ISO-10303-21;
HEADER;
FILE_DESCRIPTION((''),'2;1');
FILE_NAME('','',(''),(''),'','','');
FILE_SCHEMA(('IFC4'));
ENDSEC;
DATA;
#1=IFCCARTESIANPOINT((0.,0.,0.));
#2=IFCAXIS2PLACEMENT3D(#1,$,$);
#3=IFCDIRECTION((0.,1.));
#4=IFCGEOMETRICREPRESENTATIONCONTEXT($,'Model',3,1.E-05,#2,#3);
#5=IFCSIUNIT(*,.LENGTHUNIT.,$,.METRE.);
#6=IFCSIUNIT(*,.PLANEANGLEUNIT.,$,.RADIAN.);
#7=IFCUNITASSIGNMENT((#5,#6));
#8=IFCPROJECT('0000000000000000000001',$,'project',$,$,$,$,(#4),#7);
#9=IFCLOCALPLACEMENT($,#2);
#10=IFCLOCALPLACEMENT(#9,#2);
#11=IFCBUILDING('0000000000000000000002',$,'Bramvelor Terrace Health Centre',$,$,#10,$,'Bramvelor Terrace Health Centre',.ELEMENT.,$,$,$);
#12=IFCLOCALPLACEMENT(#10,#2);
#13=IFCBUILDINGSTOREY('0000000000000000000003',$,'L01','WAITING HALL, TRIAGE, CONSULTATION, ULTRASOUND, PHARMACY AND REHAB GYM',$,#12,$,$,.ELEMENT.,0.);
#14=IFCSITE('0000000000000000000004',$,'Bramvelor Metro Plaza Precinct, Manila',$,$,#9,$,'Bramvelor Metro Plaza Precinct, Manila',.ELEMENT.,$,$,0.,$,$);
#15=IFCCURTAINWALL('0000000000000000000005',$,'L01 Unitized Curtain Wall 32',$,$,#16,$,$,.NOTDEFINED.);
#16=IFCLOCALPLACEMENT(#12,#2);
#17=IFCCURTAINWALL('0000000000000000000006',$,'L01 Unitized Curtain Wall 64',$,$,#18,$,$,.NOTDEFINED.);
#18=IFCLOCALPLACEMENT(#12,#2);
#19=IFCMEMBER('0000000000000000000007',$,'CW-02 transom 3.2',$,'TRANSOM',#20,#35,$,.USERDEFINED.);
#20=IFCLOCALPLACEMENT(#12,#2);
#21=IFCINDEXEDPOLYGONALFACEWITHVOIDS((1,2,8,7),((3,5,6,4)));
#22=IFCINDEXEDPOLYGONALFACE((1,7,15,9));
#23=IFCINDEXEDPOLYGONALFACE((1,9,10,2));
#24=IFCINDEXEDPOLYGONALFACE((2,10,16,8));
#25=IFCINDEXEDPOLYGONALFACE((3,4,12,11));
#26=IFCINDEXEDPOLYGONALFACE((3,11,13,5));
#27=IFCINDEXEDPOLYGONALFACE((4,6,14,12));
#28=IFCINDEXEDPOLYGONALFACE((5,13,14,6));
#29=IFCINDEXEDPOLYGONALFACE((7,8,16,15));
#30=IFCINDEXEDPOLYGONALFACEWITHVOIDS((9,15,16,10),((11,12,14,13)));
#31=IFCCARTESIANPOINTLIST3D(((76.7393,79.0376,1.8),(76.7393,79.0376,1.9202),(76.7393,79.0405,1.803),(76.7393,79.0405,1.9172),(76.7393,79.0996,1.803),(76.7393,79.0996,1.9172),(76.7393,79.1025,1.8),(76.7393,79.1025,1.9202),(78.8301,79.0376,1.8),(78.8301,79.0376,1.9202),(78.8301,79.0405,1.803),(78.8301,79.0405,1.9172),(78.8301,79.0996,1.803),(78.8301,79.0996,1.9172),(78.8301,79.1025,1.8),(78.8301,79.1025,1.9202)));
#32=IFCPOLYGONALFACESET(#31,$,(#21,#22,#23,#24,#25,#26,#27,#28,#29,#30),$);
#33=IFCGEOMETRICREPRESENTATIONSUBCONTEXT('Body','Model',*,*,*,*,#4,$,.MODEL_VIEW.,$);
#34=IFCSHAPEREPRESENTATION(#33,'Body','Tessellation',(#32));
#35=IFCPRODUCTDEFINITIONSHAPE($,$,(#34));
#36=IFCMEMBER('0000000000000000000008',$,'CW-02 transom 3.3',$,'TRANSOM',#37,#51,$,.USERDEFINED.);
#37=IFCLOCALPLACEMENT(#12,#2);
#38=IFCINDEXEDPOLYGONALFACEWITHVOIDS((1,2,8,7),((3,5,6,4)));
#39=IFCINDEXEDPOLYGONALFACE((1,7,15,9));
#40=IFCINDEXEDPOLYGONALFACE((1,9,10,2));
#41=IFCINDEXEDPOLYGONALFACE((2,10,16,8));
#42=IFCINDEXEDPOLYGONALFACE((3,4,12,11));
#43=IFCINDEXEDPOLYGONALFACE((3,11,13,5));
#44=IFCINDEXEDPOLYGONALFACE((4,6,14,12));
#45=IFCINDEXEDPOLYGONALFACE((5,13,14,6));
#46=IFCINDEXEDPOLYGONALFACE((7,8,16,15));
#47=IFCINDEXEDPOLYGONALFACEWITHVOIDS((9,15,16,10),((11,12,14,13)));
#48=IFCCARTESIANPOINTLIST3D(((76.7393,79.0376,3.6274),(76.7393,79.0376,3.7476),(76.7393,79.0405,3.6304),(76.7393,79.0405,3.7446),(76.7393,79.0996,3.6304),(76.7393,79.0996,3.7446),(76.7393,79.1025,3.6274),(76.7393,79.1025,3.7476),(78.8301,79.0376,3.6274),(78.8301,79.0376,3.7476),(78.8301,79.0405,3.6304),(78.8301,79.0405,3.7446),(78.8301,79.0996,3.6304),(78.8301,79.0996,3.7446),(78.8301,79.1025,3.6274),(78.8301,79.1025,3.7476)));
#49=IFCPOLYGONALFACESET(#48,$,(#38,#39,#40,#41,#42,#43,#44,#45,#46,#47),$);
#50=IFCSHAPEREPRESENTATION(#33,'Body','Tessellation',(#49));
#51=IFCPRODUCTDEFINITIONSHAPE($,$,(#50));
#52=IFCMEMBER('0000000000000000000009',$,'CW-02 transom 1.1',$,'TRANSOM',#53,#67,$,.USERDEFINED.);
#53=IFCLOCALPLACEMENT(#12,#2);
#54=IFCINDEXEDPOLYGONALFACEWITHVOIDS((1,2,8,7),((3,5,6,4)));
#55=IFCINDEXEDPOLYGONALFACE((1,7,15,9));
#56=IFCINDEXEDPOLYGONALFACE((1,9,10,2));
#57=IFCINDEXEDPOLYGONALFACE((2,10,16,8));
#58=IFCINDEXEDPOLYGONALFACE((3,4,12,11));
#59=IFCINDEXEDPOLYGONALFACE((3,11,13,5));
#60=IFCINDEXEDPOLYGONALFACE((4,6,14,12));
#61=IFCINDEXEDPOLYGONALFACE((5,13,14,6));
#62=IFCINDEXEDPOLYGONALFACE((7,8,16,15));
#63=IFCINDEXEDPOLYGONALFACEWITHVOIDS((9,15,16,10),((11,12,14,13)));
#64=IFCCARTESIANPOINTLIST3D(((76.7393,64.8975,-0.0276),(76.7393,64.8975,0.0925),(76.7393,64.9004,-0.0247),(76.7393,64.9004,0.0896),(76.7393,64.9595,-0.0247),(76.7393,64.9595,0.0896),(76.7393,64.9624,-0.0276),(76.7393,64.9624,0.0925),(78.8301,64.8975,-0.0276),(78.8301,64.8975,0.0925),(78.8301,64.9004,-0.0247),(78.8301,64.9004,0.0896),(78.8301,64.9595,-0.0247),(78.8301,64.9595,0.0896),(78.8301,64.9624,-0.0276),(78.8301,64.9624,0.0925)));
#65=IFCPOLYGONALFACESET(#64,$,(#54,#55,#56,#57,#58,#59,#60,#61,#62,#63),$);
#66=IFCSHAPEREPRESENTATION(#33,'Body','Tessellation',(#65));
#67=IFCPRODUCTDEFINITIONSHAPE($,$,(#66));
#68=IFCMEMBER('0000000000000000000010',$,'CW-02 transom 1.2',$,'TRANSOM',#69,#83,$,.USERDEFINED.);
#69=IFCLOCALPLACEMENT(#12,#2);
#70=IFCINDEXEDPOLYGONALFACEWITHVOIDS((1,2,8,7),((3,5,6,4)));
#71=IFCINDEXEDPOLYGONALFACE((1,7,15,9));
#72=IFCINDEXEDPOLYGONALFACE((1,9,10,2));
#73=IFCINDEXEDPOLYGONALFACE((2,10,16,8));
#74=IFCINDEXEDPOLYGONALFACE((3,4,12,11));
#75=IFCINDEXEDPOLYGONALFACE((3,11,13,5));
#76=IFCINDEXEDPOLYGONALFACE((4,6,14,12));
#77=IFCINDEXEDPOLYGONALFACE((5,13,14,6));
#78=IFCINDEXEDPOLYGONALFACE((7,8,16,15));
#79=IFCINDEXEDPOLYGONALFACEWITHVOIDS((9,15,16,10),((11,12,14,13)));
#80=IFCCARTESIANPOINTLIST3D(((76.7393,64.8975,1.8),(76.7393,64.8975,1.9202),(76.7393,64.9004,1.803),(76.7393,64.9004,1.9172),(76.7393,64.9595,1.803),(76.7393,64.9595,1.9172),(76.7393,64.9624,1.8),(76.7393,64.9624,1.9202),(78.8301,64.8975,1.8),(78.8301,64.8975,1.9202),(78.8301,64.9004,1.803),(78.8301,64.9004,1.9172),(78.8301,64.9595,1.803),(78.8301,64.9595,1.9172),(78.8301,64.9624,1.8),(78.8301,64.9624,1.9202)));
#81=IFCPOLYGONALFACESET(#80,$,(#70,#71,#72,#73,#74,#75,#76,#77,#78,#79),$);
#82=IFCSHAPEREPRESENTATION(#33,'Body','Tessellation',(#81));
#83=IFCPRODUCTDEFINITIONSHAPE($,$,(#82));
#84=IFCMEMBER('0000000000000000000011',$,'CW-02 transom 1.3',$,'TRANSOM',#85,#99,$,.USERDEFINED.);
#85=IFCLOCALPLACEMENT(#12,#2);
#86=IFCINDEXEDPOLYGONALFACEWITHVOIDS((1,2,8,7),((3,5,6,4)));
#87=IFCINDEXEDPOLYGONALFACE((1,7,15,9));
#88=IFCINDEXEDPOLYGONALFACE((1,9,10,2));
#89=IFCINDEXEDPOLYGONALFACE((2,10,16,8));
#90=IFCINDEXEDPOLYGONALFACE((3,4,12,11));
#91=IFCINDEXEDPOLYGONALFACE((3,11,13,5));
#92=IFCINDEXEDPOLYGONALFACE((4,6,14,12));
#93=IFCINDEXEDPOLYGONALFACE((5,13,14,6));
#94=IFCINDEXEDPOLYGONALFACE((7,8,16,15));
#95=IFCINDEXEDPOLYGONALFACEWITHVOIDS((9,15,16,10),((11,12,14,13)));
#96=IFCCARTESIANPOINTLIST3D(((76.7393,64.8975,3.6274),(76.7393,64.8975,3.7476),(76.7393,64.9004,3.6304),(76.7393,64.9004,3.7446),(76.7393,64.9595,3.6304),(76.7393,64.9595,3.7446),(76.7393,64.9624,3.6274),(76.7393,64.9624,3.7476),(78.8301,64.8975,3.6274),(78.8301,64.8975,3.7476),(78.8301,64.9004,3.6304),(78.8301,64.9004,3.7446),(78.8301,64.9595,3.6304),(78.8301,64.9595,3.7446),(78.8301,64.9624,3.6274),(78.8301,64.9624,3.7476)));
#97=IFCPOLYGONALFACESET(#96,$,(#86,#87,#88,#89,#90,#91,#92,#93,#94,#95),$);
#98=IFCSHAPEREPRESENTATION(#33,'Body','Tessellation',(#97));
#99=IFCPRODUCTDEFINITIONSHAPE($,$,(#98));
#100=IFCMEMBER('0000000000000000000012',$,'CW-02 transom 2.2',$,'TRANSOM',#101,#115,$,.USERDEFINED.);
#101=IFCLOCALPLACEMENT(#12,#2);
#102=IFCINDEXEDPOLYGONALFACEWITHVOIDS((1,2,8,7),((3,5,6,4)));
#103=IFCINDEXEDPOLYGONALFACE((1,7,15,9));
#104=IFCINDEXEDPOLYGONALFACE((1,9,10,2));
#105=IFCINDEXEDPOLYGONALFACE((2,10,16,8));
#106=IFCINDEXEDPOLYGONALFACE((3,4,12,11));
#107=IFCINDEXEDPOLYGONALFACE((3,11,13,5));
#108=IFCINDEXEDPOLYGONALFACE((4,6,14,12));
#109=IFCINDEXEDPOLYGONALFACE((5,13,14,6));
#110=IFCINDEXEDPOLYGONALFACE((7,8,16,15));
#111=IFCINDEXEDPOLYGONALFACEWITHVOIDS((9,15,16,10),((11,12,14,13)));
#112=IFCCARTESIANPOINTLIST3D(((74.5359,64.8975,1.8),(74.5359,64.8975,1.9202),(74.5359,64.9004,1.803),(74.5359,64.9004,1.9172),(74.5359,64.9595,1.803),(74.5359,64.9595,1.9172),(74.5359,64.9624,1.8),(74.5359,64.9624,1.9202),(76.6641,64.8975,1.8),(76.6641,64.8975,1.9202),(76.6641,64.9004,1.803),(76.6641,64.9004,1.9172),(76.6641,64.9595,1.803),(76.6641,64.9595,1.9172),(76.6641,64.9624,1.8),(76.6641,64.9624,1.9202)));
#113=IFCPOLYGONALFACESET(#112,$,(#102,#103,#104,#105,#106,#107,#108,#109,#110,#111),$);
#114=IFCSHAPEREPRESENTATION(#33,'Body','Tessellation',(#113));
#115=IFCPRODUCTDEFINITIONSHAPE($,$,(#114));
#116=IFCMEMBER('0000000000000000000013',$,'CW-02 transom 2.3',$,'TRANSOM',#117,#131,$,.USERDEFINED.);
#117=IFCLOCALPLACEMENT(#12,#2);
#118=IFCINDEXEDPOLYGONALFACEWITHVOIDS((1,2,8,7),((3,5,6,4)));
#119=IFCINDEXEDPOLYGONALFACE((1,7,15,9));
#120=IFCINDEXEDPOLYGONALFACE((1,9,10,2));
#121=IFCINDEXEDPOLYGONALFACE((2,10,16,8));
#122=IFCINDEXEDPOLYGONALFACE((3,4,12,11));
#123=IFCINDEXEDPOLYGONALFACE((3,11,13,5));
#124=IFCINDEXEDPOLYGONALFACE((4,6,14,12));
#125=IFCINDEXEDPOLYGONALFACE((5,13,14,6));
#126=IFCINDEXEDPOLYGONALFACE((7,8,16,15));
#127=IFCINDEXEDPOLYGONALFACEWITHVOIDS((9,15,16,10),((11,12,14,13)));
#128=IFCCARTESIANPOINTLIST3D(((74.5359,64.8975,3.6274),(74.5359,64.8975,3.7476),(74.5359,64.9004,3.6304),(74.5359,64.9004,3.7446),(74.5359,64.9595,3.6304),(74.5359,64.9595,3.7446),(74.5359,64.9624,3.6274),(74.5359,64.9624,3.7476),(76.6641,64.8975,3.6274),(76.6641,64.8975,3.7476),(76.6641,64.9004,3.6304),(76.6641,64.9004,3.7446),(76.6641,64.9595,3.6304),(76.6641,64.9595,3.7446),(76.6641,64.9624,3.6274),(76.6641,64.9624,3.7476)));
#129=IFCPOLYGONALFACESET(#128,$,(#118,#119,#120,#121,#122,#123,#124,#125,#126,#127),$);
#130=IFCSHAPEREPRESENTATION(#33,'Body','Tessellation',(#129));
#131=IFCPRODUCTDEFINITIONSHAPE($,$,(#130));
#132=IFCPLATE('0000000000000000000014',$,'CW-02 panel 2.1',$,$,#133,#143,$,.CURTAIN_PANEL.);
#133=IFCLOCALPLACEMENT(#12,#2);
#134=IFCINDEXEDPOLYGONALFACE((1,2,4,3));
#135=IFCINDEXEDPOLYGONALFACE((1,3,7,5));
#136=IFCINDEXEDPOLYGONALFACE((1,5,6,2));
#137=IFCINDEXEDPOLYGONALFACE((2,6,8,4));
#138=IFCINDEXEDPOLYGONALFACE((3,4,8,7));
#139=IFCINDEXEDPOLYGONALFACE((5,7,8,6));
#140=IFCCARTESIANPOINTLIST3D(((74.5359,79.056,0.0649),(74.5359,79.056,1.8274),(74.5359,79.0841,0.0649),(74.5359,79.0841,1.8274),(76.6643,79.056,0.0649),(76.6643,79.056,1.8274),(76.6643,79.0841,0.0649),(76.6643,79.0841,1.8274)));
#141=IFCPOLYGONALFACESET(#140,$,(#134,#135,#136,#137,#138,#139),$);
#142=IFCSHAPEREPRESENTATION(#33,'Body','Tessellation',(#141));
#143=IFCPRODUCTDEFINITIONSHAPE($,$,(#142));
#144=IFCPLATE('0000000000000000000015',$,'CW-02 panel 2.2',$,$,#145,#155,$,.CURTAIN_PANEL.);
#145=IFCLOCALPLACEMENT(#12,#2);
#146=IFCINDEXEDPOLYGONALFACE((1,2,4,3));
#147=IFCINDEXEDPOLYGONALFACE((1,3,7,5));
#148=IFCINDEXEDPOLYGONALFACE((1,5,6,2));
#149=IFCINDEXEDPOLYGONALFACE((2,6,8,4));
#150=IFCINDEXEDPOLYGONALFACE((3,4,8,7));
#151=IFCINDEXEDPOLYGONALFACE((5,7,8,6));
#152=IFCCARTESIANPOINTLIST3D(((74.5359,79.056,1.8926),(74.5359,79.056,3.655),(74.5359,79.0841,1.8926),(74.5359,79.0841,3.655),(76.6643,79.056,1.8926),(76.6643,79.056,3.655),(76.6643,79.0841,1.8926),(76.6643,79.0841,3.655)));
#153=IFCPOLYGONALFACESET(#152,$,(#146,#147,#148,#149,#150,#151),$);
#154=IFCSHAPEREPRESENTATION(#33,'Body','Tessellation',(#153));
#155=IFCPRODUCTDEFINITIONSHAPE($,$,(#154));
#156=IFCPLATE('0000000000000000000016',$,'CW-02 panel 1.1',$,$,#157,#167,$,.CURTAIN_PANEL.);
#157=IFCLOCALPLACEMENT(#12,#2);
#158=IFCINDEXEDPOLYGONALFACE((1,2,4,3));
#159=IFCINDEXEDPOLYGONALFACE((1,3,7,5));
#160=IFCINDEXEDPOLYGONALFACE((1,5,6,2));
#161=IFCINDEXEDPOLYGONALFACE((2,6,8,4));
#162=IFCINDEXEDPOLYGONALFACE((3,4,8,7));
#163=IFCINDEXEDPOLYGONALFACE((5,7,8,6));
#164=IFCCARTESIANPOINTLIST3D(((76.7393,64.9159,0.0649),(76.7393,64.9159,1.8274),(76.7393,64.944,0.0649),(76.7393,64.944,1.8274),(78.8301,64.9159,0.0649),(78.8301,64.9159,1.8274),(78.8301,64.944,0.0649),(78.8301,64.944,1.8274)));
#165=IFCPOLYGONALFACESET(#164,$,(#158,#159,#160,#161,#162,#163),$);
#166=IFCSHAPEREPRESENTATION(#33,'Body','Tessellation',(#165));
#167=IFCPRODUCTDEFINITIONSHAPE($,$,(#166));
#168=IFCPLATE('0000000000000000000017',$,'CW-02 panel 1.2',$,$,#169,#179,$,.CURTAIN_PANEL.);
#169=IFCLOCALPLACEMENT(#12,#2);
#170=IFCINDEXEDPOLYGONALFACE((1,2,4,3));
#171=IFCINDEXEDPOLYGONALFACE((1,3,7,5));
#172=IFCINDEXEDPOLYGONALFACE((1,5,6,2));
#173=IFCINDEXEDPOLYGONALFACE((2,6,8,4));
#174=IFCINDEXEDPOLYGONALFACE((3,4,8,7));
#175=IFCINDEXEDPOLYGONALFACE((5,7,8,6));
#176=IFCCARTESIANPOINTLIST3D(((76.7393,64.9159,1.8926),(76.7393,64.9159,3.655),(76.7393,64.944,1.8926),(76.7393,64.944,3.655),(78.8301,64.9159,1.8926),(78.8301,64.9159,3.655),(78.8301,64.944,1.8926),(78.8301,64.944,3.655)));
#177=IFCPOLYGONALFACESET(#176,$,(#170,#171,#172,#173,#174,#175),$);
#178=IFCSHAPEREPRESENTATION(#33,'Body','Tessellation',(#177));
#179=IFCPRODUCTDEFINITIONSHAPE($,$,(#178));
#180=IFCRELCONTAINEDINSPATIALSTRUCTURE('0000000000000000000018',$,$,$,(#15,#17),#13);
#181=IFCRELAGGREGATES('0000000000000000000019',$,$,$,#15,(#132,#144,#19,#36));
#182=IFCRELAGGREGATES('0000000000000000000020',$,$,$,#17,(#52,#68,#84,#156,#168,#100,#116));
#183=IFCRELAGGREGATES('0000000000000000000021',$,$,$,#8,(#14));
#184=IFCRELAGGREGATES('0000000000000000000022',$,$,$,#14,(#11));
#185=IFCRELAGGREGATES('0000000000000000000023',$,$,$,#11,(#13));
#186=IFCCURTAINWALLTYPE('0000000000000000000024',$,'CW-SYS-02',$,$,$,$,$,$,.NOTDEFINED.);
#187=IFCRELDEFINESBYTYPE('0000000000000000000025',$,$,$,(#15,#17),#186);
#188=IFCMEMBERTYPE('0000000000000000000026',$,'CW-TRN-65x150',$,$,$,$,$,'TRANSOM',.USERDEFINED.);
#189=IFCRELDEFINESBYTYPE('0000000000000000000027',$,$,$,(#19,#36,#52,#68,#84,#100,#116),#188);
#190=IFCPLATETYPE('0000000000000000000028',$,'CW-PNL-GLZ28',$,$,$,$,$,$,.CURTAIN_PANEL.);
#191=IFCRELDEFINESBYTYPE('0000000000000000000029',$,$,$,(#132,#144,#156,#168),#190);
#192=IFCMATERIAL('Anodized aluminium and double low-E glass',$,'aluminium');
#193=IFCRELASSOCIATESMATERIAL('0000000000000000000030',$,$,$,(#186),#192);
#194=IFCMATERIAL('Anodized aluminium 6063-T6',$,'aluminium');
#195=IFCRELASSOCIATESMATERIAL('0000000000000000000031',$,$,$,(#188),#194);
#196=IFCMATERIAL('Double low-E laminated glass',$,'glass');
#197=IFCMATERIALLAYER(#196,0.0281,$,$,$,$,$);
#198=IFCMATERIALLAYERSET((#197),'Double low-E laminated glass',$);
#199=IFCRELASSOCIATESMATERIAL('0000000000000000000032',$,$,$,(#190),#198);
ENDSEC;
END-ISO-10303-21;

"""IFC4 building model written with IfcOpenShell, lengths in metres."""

from ifc_helpers import new_model, si_unit, direction, frame, origin, origin_2d, place, context, subcontext, project, spatial, rectangle, hollow_rectangle, extrude, material, layer, layer_set, material_profile, profile_set, type_object, element, aggregate, save


model = new_model("IFC4")

# Units and contexts
model_context = context("Model", 3, precision=1e-05, world=origin(), true_north=direction((0.0, 1.0)))
body_context = subcontext(model_context, "Body", "Model", "MODEL_VIEW")
ifc_project = project(units=[si_unit("LENGTHUNIT", "METRE"), si_unit("PLANEANGLEUNIT", "RADIAN")], contexts=[model_context])

# Site, building, storey
site_placement = place(None, origin())
site = spatial("IfcSite", under=ifc_project, at=site_placement, Name="Bramvelor Metro Plaza Precinct, Manila", LongName="Bramvelor Metro Plaza Precinct, Manila", CompositionType="ELEMENT", RefElevation=0.0)
building_placement = place(site_placement, origin())
building = spatial("IfcBuilding", under=site, at=building_placement, Name="Bramvelor Terrace Health Centre", LongName="Bramvelor Terrace Health Centre", CompositionType="ELEMENT")
storey_placement = place(building_placement, origin())
storey = spatial("IfcBuildingStorey", under=building, at=storey_placement, Name="L01", Description="WAITING HALL, TRIAGE, CONSULTATION, ULTRASOUND, PHARMACY AND REHAB GYM", CompositionType="ELEMENT", Elevation=0.0)

# Curtain walls
ifc_material_1 = material(Name="Anodized aluminium and double low-E glass", Category="aluminium")
curtain_wall_type = type_object("IfcCurtainWallType", Name="CW-SYS-02", PredefinedType="NOTDEFINED", material=ifc_material_1)
curtain_wall_1_placement = place(storey_placement, origin())
curtain_wall_1 = element("IfcCurtainWall", 1, at=curtain_wall_1_placement, inside=storey, type_object=curtain_wall_type, Name="L01 Unitized Curtain Wall 32", PredefinedType="NOTDEFINED")
curtain_wall_2_placement = place(storey_placement, origin())
curtain_wall_2 = element("IfcCurtainWall", 2, at=curtain_wall_2_placement, inside=storey, type_object=curtain_wall_type, Name="L01 Unitized Curtain Wall 64", PredefinedType="NOTDEFINED")

# Members
ifc_material_2 = material(Name="Anodized aluminium 6063-T6", Category="aluminium")
ifc_material_profile_1 = material_profile(ifc_material_2, hollow_rectangle(XDim=0.0649, YDim=0.1201, WallThickness=0.0029, at=origin_2d()), Name="ALU-TRN 65x120x3.0")
ifc_profile_set_1 = profile_set([ifc_material_profile_1], Name="Anodized aluminium 6063-T6")
member_type_1 = type_object("IfcMemberType", Name="CW-TRN-65x150", ElementType="TRANSOM", PredefinedType="USERDEFINED", material=ifc_profile_set_1)
member_1_placement = place(storey_placement, frame((76.7393, 79.0701, 1.8601), z_axis=(1.0, 0.0, 0.0), x_axis=(0.0, 1.0, 0.0)))
member_1 = element("IfcMember", 3, at=member_1_placement, type_object=member_type_1, Name="CW-02 transom 3.2", ObjectType="TRANSOM", PredefinedType="USERDEFINED", context=body_context, shape_type="SweptSolid", body=[
    extrude(hollow_rectangle(XDim=0.0649, YDim=0.1201, WallThickness=0.0029, at=origin_2d()), origin(), (0.0, 0.0, 1.0), 2.0908),
])
member_2_placement = place(storey_placement, frame((76.7393, 79.0701, 3.6875), z_axis=(1.0, 0.0, 0.0), x_axis=(0.0, 1.0, 0.0)))
member_2 = element("IfcMember", 4, at=member_2_placement, type_object=member_type_1, Name="CW-02 transom 3.3", ObjectType="TRANSOM", PredefinedType="USERDEFINED", context=body_context, shape_type="SweptSolid", body=[
    extrude(hollow_rectangle(XDim=0.0649, YDim=0.1201, WallThickness=0.0029, at=origin_2d()), origin(), (0.0, 0.0, 1.0), 2.0908),
])
member_3_placement = place(storey_placement, frame((78.8301, 64.9299, 0.0325), z_axis=(-1.0, 0.0, 0.0), x_axis=(0.0, -1.0, 0.0)))
member_3 = element("IfcMember", 5, at=member_3_placement, type_object=member_type_1, Name="CW-02 transom 1.1", ObjectType="TRANSOM", PredefinedType="USERDEFINED", context=body_context, shape_type="SweptSolid", body=[
    extrude(hollow_rectangle(XDim=0.0649, YDim=0.1201, WallThickness=0.0029, at=origin_2d()), origin(), (0.0, 0.0, 1.0), 2.0908),
])
member_4_placement = place(storey_placement, frame((78.8301, 64.9299, 1.8601), z_axis=(-1.0, 0.0, 0.0), x_axis=(0.0, -1.0, 0.0)))
member_4 = element("IfcMember", 6, at=member_4_placement, type_object=member_type_1, Name="CW-02 transom 1.2", ObjectType="TRANSOM", PredefinedType="USERDEFINED", context=body_context, shape_type="SweptSolid", body=[
    extrude(hollow_rectangle(XDim=0.0649, YDim=0.1201, WallThickness=0.0029, at=origin_2d()), origin(), (0.0, 0.0, 1.0), 2.0908),
])
member_5_placement = place(storey_placement, frame((78.8301, 64.9299, 3.6875), z_axis=(-1.0, 0.0, 0.0), x_axis=(0.0, -1.0, 0.0)))
member_5 = element("IfcMember", 7, at=member_5_placement, type_object=member_type_1, Name="CW-02 transom 1.3", ObjectType="TRANSOM", PredefinedType="USERDEFINED", context=body_context, shape_type="SweptSolid", body=[
    extrude(hollow_rectangle(XDim=0.0649, YDim=0.1201, WallThickness=0.0029, at=origin_2d()), origin(), (0.0, 0.0, 1.0), 2.0908),
])
member_6_placement = place(storey_placement, frame((76.6641, 64.9299, 1.8601), z_axis=(-1.0, 0.0, 0.0), x_axis=(0.0, -1.0, 0.0)))
member_6 = element("IfcMember", 8, at=member_6_placement, type_object=member_type_1, Name="CW-02 transom 2.2", ObjectType="TRANSOM", PredefinedType="USERDEFINED", context=body_context, shape_type="SweptSolid", body=[
    extrude(hollow_rectangle(XDim=0.0649, YDim=0.1201, WallThickness=0.0029, at=origin_2d()), origin(), (0.0, 0.0, 1.0), 2.1282),
])
member_7_placement = place(storey_placement, frame((76.6641, 64.9299, 3.6875), z_axis=(-1.0, 0.0, 0.0), x_axis=(0.0, -1.0, 0.0)))
member_7 = element("IfcMember", 9, at=member_7_placement, type_object=member_type_1, Name="CW-02 transom 2.3", ObjectType="TRANSOM", PredefinedType="USERDEFINED", context=body_context, shape_type="SweptSolid", body=[
    extrude(hollow_rectangle(XDim=0.0649, YDim=0.1201, WallThickness=0.0029, at=origin_2d()), origin(), (0.0, 0.0, 1.0), 2.1282),
])

# Plates
ifc_material_3 = material(Name="Double low-E laminated glass", Category="glass")
ifc_layer = layer(ifc_material_3, 0.0281)
ifc_layer_set = layer_set([ifc_layer], Name="Double low-E laminated glass")
plate_type = type_object("IfcPlateType", Name="CW-PNL-GLZ28", PredefinedType="CURTAIN_PANEL", material=ifc_layer_set)
plate_1_placement = place(storey_placement, frame((75.6001, 79.0701, 0.0649), z_axis=(0.0, 0.0, 1.0), x_axis=(1.0, 0.0, 0.0)))
plate_1 = element("IfcPlate", 10, at=plate_1_placement, type_object=plate_type, Name="CW-02 panel 2.1", PredefinedType="CURTAIN_PANEL", context=body_context, shape_type="SweptSolid", body=[
    extrude(rectangle(XDim=2.1284, YDim=0.0281, at=origin_2d()), origin(), (0.0, 0.0, 1.0), 1.7625),
])
plate_2_placement = place(storey_placement, frame((75.6001, 79.0701, 1.8926), z_axis=(0.0, 0.0, 1.0), x_axis=(1.0, 0.0, 0.0)))
plate_2 = element("IfcPlate", 11, at=plate_2_placement, type_object=plate_type, Name="CW-02 panel 2.2", PredefinedType="CURTAIN_PANEL", context=body_context, shape_type="SweptSolid", body=[
    extrude(rectangle(XDim=2.1284, YDim=0.0281, at=origin_2d()), origin(), (0.0, 0.0, 1.0), 1.7625),
])
aggregate(curtain_wall_1, [plate_1, plate_2, member_1, member_2])
plate_3_placement = place(storey_placement, frame((77.7847, 64.9299, 0.0649), z_axis=(0.0, 0.0, 1.0), x_axis=(-1.0, 0.0, 0.0)))
plate_3 = element("IfcPlate", 12, at=plate_3_placement, type_object=plate_type, Name="CW-02 panel 1.1", PredefinedType="CURTAIN_PANEL", context=body_context, shape_type="SweptSolid", body=[
    extrude(rectangle(XDim=2.0908, YDim=0.0281, at=origin_2d()), origin(), (0.0, 0.0, 1.0), 1.7625),
])
plate_4_placement = place(storey_placement, frame((77.7847, 64.9299, 1.8926), z_axis=(0.0, 0.0, 1.0), x_axis=(-1.0, 0.0, 0.0)))
plate_4 = element("IfcPlate", 13, at=plate_4_placement, type_object=plate_type, Name="CW-02 panel 1.2", PredefinedType="CURTAIN_PANEL", context=body_context, shape_type="SweptSolid", body=[
    extrude(rectangle(XDim=2.0908, YDim=0.0281, at=origin_2d()), origin(), (0.0, 0.0, 1.0), 1.7625),
])
aggregate(curtain_wall_2, [member_3, member_4, member_5, plate_3, plate_4, member_6, member_7])

save(model, "model.ifc")
